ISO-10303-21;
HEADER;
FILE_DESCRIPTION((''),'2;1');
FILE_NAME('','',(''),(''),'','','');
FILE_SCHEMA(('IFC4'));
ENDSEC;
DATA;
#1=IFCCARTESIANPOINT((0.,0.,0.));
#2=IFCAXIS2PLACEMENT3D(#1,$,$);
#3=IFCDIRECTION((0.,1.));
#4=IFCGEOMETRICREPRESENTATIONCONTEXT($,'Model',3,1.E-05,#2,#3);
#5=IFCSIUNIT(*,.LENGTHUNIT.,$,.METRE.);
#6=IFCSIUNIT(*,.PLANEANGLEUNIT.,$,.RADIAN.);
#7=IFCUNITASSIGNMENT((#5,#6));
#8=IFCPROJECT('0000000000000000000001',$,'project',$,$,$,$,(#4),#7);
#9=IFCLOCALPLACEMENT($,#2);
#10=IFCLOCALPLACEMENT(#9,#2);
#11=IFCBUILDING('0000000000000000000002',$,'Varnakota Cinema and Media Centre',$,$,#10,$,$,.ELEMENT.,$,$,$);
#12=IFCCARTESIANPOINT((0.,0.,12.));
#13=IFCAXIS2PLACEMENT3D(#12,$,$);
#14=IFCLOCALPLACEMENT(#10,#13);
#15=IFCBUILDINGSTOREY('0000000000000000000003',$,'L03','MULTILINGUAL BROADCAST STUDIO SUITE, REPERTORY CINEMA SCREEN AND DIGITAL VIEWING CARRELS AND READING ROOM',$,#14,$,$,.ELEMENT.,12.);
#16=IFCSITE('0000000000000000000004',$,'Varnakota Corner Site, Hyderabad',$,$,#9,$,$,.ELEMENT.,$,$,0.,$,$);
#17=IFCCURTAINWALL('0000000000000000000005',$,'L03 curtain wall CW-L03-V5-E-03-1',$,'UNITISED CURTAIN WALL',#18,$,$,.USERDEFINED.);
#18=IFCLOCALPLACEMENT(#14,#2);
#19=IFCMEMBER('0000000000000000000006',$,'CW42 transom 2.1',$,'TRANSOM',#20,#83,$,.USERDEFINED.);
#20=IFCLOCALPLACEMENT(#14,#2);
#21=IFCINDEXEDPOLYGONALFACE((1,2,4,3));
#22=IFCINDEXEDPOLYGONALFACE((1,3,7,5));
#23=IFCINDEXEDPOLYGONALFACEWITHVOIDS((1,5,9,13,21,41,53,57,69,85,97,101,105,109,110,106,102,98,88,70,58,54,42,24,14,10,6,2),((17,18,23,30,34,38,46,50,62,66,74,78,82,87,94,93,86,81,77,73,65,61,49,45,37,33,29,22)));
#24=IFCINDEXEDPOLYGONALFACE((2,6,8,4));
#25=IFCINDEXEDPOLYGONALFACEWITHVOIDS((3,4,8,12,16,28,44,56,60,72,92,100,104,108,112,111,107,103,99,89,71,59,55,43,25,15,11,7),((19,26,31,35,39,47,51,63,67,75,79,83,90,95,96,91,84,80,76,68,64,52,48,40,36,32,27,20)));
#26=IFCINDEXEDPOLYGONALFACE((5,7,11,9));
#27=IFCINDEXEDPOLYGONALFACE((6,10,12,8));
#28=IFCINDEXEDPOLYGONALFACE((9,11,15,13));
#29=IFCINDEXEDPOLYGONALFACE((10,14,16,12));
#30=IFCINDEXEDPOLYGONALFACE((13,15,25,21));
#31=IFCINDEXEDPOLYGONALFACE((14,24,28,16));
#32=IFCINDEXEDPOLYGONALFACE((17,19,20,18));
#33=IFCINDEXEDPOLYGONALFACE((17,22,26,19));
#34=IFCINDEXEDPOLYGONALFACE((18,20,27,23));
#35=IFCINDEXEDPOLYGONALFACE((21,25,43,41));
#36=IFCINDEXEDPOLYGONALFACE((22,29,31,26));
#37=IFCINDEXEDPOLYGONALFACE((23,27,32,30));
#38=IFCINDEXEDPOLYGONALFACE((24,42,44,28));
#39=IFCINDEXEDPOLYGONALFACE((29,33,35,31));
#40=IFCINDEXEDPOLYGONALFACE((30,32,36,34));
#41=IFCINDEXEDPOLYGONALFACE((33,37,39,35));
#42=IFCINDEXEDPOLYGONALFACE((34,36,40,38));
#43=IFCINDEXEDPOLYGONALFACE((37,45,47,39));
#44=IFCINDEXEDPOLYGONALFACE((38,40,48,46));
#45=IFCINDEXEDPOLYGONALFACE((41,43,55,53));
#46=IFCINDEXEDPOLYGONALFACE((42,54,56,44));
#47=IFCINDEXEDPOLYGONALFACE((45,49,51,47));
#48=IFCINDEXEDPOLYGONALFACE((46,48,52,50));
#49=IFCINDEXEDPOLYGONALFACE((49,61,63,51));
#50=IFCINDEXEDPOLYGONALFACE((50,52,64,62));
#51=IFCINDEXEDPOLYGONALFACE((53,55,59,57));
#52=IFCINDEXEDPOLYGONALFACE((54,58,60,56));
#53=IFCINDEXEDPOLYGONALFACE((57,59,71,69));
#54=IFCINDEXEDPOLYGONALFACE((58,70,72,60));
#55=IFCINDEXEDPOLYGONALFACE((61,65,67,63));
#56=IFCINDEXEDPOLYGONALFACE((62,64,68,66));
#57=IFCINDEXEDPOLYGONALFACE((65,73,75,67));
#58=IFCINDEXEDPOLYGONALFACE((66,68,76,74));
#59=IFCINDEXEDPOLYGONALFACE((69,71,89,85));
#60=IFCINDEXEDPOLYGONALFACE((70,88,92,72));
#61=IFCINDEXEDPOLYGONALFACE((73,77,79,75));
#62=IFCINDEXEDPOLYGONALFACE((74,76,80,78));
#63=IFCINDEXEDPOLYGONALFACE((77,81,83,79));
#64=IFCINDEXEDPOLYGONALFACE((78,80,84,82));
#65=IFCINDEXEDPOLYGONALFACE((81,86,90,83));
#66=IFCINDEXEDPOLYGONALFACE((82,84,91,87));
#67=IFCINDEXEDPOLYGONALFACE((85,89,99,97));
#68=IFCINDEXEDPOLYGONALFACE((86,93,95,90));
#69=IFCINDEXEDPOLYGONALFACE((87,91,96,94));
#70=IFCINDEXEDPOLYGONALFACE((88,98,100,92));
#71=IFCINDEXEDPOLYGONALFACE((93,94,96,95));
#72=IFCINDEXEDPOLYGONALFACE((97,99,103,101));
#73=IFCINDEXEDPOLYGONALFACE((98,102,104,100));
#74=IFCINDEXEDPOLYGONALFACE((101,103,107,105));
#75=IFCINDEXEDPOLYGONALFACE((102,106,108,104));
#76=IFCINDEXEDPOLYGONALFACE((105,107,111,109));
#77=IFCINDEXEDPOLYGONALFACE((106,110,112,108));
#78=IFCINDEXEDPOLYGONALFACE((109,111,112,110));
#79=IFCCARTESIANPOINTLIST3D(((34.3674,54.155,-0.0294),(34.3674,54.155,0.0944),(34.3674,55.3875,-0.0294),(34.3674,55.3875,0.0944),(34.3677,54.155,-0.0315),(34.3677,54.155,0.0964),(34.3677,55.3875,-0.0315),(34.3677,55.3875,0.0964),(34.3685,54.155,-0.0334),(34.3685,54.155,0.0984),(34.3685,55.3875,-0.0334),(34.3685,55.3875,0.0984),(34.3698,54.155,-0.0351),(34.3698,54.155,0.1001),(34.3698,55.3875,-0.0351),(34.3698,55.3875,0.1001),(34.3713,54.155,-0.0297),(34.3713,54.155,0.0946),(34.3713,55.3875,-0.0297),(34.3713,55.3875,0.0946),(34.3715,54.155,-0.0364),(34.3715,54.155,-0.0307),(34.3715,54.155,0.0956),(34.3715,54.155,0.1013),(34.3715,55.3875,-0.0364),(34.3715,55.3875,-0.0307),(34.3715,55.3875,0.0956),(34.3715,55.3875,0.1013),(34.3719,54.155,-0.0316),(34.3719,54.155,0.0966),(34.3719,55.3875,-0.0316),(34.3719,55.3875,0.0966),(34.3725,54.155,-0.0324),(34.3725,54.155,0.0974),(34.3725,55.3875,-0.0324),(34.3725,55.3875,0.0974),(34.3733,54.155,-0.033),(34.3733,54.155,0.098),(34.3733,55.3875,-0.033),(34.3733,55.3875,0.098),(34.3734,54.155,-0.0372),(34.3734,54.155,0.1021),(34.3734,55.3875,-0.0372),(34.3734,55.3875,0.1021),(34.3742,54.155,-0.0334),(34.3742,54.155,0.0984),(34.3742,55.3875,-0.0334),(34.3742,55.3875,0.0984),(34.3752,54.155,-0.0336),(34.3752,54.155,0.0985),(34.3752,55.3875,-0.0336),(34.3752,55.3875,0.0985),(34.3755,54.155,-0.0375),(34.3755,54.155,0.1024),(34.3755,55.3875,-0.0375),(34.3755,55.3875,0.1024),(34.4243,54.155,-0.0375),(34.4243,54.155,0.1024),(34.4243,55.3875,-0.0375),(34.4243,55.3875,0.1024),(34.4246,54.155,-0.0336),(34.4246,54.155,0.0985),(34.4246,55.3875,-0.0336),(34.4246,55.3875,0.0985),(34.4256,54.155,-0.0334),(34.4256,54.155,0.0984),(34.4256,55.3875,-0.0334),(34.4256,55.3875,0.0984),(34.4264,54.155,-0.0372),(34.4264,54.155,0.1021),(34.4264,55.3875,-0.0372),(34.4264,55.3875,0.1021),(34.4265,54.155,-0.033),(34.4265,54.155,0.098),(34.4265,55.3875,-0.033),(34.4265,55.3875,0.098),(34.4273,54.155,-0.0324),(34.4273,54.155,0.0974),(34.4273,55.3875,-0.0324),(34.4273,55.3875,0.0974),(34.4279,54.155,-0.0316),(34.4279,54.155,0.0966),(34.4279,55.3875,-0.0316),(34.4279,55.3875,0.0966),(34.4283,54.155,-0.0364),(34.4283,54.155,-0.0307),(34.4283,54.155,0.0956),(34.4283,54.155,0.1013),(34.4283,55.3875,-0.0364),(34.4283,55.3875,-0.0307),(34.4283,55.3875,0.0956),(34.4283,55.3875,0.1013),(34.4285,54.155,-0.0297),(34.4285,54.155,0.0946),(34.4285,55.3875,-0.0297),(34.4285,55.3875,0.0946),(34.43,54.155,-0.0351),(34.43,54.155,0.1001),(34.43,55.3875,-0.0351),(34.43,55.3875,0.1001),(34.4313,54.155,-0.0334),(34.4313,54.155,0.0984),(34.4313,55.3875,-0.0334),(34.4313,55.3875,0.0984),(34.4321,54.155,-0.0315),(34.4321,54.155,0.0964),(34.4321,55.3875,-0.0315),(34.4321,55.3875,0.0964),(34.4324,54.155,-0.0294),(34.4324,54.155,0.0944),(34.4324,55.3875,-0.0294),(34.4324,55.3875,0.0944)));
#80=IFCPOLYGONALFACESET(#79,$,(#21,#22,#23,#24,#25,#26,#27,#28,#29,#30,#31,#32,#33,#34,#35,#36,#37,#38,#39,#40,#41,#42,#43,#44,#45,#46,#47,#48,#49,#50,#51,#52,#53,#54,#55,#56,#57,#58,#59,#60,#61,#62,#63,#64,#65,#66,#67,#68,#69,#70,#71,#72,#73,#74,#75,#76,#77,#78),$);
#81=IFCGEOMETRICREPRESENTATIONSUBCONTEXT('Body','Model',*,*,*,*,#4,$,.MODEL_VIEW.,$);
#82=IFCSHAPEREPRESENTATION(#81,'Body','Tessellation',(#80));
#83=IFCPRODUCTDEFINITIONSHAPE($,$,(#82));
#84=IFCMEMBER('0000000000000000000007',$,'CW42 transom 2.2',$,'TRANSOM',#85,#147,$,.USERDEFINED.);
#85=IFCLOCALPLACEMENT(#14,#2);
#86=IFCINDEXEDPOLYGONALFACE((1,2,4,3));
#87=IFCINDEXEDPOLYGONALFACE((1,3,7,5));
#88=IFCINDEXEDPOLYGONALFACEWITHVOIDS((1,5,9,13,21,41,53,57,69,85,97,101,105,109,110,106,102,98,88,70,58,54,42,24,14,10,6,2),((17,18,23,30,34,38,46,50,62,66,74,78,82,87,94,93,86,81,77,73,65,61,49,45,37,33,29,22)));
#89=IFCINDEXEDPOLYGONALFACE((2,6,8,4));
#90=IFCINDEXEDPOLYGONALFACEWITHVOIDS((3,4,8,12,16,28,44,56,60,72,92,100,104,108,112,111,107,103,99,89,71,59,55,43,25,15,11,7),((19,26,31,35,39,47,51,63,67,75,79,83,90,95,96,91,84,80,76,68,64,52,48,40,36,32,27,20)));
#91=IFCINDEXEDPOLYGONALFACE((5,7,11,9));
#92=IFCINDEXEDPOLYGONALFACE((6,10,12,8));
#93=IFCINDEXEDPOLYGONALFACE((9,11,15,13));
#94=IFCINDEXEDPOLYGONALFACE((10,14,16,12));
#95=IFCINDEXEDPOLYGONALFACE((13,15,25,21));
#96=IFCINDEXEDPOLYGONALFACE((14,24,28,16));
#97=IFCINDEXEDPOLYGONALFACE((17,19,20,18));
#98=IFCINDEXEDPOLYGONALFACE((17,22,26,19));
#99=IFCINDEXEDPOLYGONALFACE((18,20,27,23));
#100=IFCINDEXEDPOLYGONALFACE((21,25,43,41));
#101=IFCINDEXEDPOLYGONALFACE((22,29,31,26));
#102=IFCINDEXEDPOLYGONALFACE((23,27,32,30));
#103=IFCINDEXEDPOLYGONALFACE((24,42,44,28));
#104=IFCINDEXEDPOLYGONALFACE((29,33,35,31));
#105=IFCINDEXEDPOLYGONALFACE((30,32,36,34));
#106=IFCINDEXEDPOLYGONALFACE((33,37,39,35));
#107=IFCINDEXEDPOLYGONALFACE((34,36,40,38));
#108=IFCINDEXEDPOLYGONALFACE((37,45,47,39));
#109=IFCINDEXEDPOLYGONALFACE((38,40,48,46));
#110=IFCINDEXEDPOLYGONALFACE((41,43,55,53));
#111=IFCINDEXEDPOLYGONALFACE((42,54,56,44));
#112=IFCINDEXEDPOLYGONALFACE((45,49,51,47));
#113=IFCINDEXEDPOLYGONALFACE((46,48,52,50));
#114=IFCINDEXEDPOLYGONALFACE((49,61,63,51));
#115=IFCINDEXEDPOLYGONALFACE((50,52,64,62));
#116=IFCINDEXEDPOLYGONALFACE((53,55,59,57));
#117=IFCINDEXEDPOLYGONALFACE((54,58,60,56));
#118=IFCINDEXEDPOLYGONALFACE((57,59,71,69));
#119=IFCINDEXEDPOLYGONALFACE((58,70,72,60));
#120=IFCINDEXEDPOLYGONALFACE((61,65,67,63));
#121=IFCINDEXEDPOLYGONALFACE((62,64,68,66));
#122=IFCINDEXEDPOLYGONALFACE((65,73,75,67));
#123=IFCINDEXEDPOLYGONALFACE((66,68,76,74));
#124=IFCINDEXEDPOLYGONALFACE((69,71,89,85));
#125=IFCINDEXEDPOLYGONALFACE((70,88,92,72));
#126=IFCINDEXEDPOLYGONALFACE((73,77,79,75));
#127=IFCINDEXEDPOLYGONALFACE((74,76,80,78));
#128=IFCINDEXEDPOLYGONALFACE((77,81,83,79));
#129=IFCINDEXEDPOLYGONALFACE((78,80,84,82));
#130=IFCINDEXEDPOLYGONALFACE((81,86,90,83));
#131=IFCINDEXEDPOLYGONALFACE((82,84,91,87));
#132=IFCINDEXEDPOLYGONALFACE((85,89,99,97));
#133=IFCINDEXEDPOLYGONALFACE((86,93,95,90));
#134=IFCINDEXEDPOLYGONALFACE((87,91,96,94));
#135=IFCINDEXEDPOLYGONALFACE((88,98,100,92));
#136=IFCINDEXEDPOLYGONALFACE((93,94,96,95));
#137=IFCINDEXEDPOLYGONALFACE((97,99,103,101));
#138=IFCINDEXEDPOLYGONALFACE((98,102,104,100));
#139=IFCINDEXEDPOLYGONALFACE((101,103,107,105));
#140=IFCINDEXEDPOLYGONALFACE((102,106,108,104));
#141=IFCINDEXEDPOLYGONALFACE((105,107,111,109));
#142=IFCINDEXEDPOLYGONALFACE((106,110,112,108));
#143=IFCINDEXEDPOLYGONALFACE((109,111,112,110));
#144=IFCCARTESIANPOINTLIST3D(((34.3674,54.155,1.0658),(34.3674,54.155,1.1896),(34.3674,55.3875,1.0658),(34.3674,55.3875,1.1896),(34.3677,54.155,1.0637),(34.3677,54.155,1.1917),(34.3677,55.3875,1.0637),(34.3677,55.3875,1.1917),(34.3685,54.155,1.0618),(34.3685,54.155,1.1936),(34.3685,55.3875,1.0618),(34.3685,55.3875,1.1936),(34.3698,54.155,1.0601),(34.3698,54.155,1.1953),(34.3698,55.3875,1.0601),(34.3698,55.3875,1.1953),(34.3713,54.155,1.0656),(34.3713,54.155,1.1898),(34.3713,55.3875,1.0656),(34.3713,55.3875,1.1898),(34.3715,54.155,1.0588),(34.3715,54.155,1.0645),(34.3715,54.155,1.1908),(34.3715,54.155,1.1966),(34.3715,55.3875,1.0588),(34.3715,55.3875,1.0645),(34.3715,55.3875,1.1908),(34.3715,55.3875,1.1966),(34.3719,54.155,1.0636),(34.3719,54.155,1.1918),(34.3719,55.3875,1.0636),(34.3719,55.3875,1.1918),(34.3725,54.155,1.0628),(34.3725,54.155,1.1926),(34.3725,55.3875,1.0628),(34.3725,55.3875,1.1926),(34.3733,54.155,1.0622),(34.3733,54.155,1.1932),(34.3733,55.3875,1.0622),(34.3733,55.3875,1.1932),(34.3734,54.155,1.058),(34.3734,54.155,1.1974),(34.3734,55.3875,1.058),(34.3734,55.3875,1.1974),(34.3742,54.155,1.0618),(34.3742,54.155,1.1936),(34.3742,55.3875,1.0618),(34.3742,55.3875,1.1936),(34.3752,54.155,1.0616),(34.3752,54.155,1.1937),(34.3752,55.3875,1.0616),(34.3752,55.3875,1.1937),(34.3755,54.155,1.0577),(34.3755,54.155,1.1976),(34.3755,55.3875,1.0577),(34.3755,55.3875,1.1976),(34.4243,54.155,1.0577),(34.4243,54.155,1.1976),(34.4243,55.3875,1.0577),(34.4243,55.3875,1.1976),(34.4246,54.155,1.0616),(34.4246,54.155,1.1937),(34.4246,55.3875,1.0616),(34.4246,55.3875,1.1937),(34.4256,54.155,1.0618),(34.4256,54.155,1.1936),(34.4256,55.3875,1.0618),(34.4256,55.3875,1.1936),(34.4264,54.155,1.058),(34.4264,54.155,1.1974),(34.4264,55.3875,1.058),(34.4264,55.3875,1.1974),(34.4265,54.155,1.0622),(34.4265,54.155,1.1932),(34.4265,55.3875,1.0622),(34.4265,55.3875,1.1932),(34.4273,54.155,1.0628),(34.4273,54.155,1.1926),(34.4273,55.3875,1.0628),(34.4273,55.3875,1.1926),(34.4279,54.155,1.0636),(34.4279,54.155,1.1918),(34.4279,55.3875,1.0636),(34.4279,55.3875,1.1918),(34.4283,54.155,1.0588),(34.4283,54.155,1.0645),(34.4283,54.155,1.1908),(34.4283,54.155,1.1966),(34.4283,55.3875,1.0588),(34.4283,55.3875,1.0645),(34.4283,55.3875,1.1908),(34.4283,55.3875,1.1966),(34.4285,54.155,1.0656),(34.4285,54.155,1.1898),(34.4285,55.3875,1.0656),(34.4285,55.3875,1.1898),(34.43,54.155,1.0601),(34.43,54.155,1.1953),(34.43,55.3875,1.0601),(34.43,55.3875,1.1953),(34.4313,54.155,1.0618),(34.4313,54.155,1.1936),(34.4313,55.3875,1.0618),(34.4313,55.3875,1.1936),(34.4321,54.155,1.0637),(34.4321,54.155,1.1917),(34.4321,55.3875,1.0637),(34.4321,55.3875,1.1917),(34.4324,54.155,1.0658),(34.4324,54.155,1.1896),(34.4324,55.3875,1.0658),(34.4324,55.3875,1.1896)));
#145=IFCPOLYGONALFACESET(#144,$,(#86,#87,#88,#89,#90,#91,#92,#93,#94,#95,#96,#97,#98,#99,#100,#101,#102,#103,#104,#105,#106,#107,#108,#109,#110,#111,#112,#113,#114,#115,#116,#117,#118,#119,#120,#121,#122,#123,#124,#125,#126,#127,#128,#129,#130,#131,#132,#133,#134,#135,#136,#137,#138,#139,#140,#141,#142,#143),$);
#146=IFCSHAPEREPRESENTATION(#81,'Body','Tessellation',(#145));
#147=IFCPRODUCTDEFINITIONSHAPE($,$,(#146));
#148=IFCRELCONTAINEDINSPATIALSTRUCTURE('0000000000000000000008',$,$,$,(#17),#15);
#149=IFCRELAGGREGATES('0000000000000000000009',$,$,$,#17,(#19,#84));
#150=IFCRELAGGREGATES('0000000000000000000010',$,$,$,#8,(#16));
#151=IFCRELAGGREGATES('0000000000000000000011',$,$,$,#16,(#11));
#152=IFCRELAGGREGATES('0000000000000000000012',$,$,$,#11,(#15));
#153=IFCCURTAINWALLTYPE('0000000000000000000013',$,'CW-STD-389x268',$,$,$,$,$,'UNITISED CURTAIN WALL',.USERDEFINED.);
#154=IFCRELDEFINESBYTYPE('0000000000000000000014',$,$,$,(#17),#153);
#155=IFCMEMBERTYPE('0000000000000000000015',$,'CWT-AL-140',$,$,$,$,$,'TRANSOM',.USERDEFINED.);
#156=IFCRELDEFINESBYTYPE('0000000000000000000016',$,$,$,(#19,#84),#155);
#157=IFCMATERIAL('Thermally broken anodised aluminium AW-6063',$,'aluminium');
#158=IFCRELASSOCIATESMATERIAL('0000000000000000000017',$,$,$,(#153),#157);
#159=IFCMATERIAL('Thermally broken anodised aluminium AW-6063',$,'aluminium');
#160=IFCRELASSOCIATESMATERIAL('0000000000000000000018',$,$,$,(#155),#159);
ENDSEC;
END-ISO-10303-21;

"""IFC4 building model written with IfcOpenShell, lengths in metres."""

from ifc_helpers import new_model, si_unit, direction, frame, origin, origin_2d, place, context, subcontext, project, spatial, hollow_rectangle, extrude, material, material_profile, profile_set, type_object, element, aggregate, save


model = new_model("IFC4")

# Units and contexts
model_context = context("Model", 3, precision=1e-05, world=origin(), true_north=direction((0.0, 1.0)))
body_context = subcontext(model_context, "Body", "Model", "MODEL_VIEW")
ifc_project = project(units=[si_unit("LENGTHUNIT", "METRE"), si_unit("PLANEANGLEUNIT", "RADIAN")], contexts=[model_context])

# Site, building, storey
site_placement = place(None, origin())
site = spatial("IfcSite", under=ifc_project, at=site_placement, Name="Varnakota Corner Site, Hyderabad", CompositionType="ELEMENT", RefElevation=0.0)
building_placement = place(site_placement, origin())
building = spatial("IfcBuilding", under=site, at=building_placement, Name="Varnakota Cinema and Media Centre", CompositionType="ELEMENT")
storey_placement = place(building_placement, frame((0.0, 0.0, 12.0)))
storey = spatial("IfcBuildingStorey", under=building, at=storey_placement, Name="L03", Description="MULTILINGUAL BROADCAST STUDIO SUITE, REPERTORY CINEMA SCREEN AND DIGITAL VIEWING CARRELS AND READING ROOM", CompositionType="ELEMENT", Elevation=12.0)

# Curtain wall
ifc_material_1 = material(Name="Thermally broken anodised aluminium AW-6063", Category="aluminium")
curtain_wall_type = type_object("IfcCurtainWallType", Name="CW-STD-389x268", ElementType="UNITISED CURTAIN WALL", PredefinedType="USERDEFINED", material=ifc_material_1)
curtain_wall_1_placement = place(storey_placement, origin())
curtain_wall_1 = element("IfcCurtainWall", 1, at=curtain_wall_1_placement, inside=storey, type_object=curtain_wall_type, Name="L03 curtain wall CW-L03-V5-E-03-1", ObjectType="UNITISED CURTAIN WALL", PredefinedType="USERDEFINED")

# Members
ifc_material_2 = material(Name="Thermally broken anodised aluminium AW-6063", Category="aluminium")
ifc_material_profile_1 = material_profile(ifc_material_2, hollow_rectangle(XDim=0.0649, YDim=0.1399, WallThickness=0.0039, InnerFilletRadius=0.0039, OuterFilletRadius=0.0081, at=origin_2d()), Name="AL-TRANSOM 140x65x4")
ifc_profile_set_1 = profile_set([ifc_material_profile_1], Name="Thermally broken anodised aluminium AW-6063")
member_type_1 = type_object("IfcMemberType", Name="CWT-AL-140", ElementType="TRANSOM", PredefinedType="USERDEFINED", material=ifc_profile_set_1)
member_1_placement = place(storey_placement, frame((34.3999, 54.155, 0.0325), z_axis=(0.0, 1.0, 0.0), x_axis=(-1.0, 0.0, 0.0)))
member_1 = element("IfcMember", 2, at=member_1_placement, type_object=member_type_1, Name="CW42 transom 2.1", ObjectType="TRANSOM", PredefinedType="USERDEFINED", context=body_context, shape_type="SweptSolid", body=[
    extrude(hollow_rectangle(XDim=0.0649, YDim=0.1399, WallThickness=0.0039, InnerFilletRadius=0.0039, OuterFilletRadius=0.0081, at=origin_2d()), origin(), (0.0, 0.0, 1.0), 1.2324),
])
member_2_placement = place(storey_placement, frame((34.3999, 54.155, 1.1277), z_axis=(0.0, 1.0, 0.0), x_axis=(-1.0, 0.0, 0.0)))
member_2 = element("IfcMember", 3, at=member_2_placement, type_object=member_type_1, Name="CW42 transom 2.2", ObjectType="TRANSOM", PredefinedType="USERDEFINED", context=body_context, shape_type="SweptSolid", body=[
    extrude(hollow_rectangle(XDim=0.0649, YDim=0.1399, WallThickness=0.0039, InnerFilletRadius=0.0039, OuterFilletRadius=0.0081, at=origin_2d()), origin(), (0.0, 0.0, 1.0), 1.2324),
])

aggregate(curtain_wall_1, [member_1, member_2])

save(model, "model.ifc")
